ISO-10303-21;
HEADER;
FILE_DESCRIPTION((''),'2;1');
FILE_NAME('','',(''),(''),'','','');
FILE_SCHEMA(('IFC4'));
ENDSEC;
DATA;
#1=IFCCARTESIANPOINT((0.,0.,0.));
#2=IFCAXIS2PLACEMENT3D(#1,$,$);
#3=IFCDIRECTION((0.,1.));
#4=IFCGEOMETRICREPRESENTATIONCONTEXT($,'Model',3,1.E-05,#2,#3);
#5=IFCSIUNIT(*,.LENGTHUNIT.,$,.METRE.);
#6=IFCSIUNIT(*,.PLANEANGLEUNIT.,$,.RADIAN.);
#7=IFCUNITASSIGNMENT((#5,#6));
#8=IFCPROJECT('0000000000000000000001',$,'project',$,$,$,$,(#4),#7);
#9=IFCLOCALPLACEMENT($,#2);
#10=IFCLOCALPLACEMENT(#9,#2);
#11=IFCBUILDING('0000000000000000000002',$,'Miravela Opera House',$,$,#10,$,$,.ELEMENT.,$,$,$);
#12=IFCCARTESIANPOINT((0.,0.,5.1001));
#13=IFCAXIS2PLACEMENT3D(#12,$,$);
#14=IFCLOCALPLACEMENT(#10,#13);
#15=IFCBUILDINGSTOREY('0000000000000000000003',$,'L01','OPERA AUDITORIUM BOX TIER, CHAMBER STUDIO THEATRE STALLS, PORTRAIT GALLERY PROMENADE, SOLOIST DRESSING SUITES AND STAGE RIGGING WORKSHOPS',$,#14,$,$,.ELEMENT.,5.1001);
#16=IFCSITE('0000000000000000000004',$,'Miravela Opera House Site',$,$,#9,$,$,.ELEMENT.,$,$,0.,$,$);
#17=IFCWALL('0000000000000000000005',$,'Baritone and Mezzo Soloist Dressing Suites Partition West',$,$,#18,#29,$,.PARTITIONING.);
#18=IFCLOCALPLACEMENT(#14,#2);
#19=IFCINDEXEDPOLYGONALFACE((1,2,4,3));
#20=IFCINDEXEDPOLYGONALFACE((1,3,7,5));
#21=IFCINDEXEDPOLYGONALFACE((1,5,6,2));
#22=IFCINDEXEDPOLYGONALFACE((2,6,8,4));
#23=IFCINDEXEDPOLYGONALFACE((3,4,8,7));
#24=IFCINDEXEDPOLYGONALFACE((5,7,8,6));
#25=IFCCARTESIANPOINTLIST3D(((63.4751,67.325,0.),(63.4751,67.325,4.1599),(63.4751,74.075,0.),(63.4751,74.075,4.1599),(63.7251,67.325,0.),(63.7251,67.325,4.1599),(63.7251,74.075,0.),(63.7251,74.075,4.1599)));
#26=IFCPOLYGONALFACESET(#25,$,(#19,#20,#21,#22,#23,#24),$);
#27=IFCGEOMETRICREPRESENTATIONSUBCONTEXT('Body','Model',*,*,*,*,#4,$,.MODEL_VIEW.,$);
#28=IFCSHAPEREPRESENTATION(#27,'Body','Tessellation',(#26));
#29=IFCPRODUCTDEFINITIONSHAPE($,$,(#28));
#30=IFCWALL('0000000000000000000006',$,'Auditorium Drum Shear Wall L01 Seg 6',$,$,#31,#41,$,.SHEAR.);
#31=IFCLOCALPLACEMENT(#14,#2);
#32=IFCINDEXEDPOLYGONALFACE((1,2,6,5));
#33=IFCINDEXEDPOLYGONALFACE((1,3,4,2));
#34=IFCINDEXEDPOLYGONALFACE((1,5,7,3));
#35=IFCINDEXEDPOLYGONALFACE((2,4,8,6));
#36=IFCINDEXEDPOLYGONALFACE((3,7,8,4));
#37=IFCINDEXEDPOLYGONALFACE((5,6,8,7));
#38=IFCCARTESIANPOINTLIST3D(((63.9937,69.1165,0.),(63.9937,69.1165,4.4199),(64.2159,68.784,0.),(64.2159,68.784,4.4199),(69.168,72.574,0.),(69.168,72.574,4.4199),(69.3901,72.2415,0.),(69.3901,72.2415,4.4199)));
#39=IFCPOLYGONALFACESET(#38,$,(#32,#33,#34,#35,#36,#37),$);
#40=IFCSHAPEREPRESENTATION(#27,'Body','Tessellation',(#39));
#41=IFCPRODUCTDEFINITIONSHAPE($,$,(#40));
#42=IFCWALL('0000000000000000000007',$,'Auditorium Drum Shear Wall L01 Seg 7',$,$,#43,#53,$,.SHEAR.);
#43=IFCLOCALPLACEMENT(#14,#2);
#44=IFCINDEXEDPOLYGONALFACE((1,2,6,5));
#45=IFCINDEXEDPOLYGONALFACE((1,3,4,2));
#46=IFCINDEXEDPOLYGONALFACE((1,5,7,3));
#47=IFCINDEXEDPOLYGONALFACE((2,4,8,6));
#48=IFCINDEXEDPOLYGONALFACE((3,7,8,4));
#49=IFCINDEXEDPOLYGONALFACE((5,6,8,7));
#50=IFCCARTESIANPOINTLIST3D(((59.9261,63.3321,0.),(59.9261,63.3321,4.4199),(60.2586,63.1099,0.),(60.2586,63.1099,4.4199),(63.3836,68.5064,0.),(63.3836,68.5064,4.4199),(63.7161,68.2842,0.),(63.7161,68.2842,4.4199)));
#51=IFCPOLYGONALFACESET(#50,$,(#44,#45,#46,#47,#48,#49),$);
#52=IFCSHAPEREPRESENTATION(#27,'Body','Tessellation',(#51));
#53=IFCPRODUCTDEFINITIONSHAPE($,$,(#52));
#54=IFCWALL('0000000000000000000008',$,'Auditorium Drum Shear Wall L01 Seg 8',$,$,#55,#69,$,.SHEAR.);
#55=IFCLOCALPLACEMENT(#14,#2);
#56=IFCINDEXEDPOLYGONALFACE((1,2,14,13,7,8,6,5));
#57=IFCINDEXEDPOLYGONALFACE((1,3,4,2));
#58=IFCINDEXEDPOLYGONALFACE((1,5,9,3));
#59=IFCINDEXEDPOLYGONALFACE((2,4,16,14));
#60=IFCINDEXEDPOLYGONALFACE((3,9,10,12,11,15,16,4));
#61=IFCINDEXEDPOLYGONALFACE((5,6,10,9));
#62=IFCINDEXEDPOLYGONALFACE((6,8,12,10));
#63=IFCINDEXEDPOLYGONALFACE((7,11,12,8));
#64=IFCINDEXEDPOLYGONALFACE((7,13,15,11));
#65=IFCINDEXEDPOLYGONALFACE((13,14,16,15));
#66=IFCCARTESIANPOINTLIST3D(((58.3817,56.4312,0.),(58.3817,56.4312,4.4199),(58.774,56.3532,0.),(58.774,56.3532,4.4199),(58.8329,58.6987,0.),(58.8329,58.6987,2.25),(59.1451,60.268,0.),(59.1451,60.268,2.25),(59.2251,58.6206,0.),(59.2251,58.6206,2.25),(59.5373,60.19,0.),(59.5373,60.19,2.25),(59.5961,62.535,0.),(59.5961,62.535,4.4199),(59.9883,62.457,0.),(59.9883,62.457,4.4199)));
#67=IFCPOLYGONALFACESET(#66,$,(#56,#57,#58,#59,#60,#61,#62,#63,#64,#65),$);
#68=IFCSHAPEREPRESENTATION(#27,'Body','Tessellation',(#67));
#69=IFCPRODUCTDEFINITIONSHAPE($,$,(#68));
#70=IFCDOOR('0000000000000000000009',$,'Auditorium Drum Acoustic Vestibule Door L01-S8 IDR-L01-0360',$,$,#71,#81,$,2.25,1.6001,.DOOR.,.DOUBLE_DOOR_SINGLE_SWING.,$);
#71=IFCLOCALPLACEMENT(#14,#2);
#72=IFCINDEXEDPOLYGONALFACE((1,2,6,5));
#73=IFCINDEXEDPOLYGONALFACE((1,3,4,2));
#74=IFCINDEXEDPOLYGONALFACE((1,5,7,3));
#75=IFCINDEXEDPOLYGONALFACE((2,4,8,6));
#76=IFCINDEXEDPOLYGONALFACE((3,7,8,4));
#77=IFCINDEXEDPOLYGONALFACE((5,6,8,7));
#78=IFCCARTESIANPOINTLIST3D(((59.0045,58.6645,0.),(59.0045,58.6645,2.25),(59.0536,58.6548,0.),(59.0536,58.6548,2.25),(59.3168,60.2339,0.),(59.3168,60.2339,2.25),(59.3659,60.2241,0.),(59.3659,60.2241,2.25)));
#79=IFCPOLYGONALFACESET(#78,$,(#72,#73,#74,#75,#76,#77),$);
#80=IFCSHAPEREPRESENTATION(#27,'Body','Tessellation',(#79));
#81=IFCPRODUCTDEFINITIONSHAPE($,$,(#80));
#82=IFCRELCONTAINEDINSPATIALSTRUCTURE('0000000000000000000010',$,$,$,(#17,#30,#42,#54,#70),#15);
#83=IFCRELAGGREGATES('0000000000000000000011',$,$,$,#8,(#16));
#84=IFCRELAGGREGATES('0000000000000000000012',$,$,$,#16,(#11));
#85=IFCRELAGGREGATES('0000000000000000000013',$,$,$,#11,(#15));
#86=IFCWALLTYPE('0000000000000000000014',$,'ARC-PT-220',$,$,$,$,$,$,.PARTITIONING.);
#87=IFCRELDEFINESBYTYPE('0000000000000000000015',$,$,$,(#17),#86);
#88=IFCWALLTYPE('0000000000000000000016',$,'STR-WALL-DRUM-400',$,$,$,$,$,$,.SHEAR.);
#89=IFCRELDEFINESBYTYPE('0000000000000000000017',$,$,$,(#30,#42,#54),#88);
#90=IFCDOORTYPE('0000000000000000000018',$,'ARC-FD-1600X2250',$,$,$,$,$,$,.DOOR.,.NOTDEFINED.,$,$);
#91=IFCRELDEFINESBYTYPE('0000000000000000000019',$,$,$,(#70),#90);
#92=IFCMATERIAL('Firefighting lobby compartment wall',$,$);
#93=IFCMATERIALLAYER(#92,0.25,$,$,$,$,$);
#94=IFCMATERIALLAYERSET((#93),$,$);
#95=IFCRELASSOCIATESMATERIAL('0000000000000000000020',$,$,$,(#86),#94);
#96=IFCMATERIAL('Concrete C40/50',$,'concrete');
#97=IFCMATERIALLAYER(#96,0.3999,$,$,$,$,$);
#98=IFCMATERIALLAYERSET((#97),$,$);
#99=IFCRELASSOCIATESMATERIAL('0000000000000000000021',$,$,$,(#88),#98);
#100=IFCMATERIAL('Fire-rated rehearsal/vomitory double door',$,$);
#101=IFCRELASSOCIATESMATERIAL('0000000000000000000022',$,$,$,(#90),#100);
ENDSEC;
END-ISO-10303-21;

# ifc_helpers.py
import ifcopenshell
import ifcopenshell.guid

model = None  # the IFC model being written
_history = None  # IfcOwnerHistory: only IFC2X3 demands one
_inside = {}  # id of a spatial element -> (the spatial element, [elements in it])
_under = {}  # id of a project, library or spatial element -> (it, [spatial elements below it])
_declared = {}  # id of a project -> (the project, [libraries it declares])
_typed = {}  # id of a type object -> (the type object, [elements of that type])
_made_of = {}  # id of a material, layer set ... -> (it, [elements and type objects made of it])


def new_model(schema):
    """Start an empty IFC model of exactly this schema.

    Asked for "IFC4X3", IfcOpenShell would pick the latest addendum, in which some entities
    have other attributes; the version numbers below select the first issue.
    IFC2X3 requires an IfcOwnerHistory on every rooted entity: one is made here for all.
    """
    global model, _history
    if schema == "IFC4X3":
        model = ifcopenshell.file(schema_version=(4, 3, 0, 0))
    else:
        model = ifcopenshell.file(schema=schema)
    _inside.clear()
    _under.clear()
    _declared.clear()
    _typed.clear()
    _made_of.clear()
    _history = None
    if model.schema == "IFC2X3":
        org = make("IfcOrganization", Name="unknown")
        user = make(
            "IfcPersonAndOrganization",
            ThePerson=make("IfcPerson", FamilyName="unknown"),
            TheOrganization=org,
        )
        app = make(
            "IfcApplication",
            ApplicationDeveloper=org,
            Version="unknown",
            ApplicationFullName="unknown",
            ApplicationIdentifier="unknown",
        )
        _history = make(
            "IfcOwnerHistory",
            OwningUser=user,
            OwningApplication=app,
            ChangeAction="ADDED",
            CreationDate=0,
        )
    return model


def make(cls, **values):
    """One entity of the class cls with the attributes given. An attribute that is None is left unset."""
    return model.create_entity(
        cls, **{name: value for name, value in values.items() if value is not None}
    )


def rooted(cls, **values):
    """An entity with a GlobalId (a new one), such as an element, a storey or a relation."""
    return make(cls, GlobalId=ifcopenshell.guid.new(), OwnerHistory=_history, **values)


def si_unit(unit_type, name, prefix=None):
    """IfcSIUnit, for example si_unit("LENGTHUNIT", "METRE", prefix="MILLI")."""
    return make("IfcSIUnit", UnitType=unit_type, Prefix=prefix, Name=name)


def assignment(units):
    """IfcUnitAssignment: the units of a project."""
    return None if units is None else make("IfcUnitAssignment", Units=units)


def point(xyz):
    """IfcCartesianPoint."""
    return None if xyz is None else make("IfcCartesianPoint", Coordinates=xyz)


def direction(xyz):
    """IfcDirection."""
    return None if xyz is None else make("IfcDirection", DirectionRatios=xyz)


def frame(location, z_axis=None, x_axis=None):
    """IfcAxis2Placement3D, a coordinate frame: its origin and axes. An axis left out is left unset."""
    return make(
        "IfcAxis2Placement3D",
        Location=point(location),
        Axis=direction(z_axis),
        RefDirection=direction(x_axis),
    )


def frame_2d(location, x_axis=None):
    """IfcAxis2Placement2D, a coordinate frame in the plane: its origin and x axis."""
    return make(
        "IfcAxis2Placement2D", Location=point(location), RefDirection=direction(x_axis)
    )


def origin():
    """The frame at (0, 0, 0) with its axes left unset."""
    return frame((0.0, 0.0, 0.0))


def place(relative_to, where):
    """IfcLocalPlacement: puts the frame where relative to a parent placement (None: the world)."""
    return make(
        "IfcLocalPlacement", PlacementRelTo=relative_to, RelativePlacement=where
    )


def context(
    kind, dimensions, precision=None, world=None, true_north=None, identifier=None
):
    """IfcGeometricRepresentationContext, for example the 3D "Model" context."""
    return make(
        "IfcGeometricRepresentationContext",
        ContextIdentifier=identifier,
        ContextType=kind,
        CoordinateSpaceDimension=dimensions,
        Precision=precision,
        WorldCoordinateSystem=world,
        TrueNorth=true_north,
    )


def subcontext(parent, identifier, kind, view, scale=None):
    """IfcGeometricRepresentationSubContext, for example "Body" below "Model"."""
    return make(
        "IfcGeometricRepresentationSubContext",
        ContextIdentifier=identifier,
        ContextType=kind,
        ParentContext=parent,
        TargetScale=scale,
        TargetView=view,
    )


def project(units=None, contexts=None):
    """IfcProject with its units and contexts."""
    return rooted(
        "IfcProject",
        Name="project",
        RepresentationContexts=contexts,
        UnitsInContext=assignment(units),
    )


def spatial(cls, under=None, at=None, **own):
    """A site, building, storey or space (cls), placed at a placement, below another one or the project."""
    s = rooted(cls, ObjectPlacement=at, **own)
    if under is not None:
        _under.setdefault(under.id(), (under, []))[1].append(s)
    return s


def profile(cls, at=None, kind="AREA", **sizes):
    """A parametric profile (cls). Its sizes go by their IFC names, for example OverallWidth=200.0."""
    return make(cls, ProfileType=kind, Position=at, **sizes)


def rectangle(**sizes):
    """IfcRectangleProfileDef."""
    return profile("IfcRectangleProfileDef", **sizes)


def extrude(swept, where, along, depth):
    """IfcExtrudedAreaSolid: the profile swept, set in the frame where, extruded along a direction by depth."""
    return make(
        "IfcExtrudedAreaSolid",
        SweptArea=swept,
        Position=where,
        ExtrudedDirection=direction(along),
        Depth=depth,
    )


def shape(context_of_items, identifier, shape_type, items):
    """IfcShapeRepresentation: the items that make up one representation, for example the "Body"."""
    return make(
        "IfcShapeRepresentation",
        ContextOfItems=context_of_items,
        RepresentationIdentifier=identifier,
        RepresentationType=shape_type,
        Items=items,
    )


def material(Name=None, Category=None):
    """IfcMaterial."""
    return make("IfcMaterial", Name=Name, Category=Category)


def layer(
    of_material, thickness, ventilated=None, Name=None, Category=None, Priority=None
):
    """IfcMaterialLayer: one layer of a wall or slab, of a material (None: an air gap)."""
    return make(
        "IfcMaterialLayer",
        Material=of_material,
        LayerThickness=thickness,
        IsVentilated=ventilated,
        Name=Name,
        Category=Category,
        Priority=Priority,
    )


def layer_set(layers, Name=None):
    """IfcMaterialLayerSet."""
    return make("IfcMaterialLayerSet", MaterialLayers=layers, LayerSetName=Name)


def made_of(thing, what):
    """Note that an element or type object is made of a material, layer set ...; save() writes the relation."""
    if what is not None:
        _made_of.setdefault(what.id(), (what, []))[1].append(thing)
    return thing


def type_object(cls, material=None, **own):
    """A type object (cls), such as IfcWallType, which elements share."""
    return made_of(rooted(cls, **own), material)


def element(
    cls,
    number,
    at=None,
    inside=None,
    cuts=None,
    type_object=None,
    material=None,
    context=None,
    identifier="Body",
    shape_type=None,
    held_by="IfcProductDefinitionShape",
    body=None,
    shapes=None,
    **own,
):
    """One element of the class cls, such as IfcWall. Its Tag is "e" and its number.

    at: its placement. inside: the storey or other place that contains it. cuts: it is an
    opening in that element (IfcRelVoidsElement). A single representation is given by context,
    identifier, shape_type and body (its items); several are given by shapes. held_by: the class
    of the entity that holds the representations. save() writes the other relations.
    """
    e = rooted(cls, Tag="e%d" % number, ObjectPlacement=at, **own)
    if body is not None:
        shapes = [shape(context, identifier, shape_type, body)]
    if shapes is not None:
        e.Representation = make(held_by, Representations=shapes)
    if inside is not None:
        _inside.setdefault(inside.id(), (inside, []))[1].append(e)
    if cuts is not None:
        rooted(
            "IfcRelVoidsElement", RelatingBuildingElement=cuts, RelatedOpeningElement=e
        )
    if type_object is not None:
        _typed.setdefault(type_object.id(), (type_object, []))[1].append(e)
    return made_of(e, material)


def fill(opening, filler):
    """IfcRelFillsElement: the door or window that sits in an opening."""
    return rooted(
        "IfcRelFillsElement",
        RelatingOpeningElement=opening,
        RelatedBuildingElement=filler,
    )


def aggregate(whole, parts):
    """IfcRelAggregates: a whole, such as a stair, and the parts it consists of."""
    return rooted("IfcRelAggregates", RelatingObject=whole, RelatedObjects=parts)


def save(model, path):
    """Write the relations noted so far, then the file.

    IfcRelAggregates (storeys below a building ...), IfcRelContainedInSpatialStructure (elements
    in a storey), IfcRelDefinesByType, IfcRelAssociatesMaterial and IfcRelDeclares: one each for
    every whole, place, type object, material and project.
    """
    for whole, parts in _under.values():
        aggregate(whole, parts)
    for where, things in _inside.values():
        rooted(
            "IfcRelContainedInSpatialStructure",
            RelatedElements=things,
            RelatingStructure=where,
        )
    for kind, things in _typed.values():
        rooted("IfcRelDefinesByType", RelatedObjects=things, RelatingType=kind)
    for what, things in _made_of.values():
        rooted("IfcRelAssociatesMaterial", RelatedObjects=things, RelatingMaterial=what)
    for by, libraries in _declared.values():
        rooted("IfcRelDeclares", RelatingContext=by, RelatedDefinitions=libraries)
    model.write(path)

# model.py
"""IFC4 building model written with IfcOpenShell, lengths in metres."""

from ifc_helpers import new_model, si_unit, direction, frame, frame_2d, origin, place, context, subcontext, project, spatial, rectangle, extrude, material, layer, layer_set, type_object, element, fill, save


model = new_model("IFC4")

# Units and contexts
model_context = context("Model", 3, precision=1e-05, world=origin(), true_north=direction((0.0, 1.0)))
body_context = subcontext(model_context, "Body", "Model", "MODEL_VIEW")
ifc_project = project(units=[si_unit("LENGTHUNIT", "METRE"), si_unit("PLANEANGLEUNIT", "RADIAN")], contexts=[model_context])

# Site, building, storey
site_placement = place(None, origin())
site = spatial("IfcSite", under=ifc_project, at=site_placement, Name="Miravela Opera House Site", CompositionType="ELEMENT", RefElevation=0.0)
building_placement = place(site_placement, origin())
building = spatial("IfcBuilding", under=site, at=building_placement, Name="Miravela Opera House", CompositionType="ELEMENT")
storey_placement = place(building_placement, frame((0.0, 0.0, 5.1001)))
storey = spatial("IfcBuildingStorey", under=building, at=storey_placement, Name="L01", Description="OPERA AUDITORIUM BOX TIER, CHAMBER STUDIO THEATRE STALLS, PORTRAIT GALLERY PROMENADE, SOLOIST DRESSING SUITES AND STAGE RIGGING WORKSHOPS", CompositionType="ELEMENT", Elevation=5.1001)

# Shared definitions
ifc_material_1 = material(Name="Concrete C40/50", Category="concrete")

# Shared definitions
ifc_material_2 = material(Name="Firefighting lobby compartment wall")
ifc_layer_1 = layer(ifc_material_2, 0.25)
ifc_layer_set_1 = layer_set([ifc_layer_1])
wall_type_1 = type_object("IfcWallType", Name="ARC-PT-220", PredefinedType="PARTITIONING", material=ifc_layer_set_1)

# Walls
wall_1_placement = place(storey_placement, frame((63.6001, 67.325, 0.0), z_axis=(0.0, 0.0, 1.0), x_axis=(0.0, 1.0, 0.0)))
element("IfcWall", 1, at=wall_1_placement, inside=storey, type_object=wall_type_1, Name="Baritone and Mezzo Soloist Dressing Suites Partition West", PredefinedType="PARTITIONING", context=body_context, shape_type="SweptSolid", body=[
    extrude(rectangle(XDim=6.75, YDim=0.25, at=frame_2d((3.375, 0.0))), origin(), (0.0, 0.0, 1.0), 4.1599),
])
ifc_layer_2 = layer(ifc_material_1, 0.3999)
ifc_layer_set_2 = layer_set([ifc_layer_2])
wall_type_2 = type_object("IfcWallType", Name="STR-WALL-DRUM-400", PredefinedType="SHEAR", material=ifc_layer_set_2)
for number, where, z_axis, x_axis, name in (
    (2, (69.2791, 72.4077, 0.0), (0.0, 0.0, 1.0), (-0.831458, -0.555587, 0.0), "Auditorium Drum Shear Wall L01 Seg 6"),
    (3, (63.5498, 68.3953, 0.0), (0.0, 0.0, 1.0), (-0.555587, -0.831458, 0.0), "Auditorium Drum Shear Wall L01 Seg 7"),
):
    element("IfcWall", number, at=place(storey_placement, frame(where, z_axis=z_axis, x_axis=x_axis)), inside=storey, type_object=wall_type_2, Name=name, PredefinedType="SHEAR", context=body_context, shape_type="SweptSolid", body=[
        extrude(rectangle(XDim=6.2231, YDim=0.3999, at=frame_2d((3.1116, 0.0))), origin(), (0.0, 0.0, 1.0), 4.4199),
    ])

# Wall, opening, door
wall_2_placement = place(storey_placement, frame((59.7922, 62.4961, 0.0), z_axis=(0.0, 0.0, 1.0), x_axis=(-0.195128, -0.980778, 0.0)))
wall_2 = element("IfcWall", 4, at=wall_2_placement, inside=storey, type_object=wall_type_2, Name="Auditorium Drum Shear Wall L01 Seg 8", PredefinedType="SHEAR", context=body_context, shape_type="SweptSolid", body=[
    extrude(rectangle(XDim=6.2234, YDim=0.3999, at=frame_2d((3.1118, 0.0))), origin(), (0.0, 0.0, 1.0), 4.4199),
])
opening_1_placement = place(wall_2_placement, frame((2.3115, 0.0, 0.0)))
opening_1 = element("IfcOpeningElement", 5, at=opening_1_placement, cuts=wall_2, PredefinedType="OPENING", context=body_context, shape_type="SweptSolid", body=[
    extrude(rectangle(XDim=1.6001, YDim=2.25, at=frame_2d((0.8, 1.125))), frame((0.0, 0.21, 0.0), z_axis=(0.0, -1.0, 0.0), x_axis=(1.0, 0.0, 0.0)), (0.0, 0.0, 1.0), 0.4199),
])
ifc_material_3 = material(Name="Fire-rated rehearsal/vomitory double door")
door_type_1 = type_object("IfcDoorType", Name="ARC-FD-1600X2250", OperationType="NOTDEFINED", PredefinedType="DOOR", material=ifc_material_3)
door_1_placement = place(opening_1_placement, frame((1.6001, 0.0, 0.0), z_axis=(0.0, 0.0, 1.0), x_axis=(-1.0, 0.0, 0.0)))
door_1 = element("IfcDoor", 6, at=door_1_placement, inside=storey, type_object=door_type_1, Name="Auditorium Drum Acoustic Vestibule Door L01-S8 IDR-L01-0360", OperationType="DOUBLE_DOOR_SINGLE_SWING", OverallHeight=2.25, OverallWidth=1.6001, PredefinedType="DOOR", context=body_context, shape_type="SweptSolid", body=[
    extrude(rectangle(XDim=1.6001, YDim=2.25, at=frame_2d((0.8, 1.125))), frame((0.0, 0.0249, 0.0), z_axis=(0.0, -1.0, 0.0), x_axis=(1.0, 0.0, 0.0)), (0.0, 0.0, 1.0), 0.05),
])
fill(opening_1, door_1)

save(model, "model.ifc")
